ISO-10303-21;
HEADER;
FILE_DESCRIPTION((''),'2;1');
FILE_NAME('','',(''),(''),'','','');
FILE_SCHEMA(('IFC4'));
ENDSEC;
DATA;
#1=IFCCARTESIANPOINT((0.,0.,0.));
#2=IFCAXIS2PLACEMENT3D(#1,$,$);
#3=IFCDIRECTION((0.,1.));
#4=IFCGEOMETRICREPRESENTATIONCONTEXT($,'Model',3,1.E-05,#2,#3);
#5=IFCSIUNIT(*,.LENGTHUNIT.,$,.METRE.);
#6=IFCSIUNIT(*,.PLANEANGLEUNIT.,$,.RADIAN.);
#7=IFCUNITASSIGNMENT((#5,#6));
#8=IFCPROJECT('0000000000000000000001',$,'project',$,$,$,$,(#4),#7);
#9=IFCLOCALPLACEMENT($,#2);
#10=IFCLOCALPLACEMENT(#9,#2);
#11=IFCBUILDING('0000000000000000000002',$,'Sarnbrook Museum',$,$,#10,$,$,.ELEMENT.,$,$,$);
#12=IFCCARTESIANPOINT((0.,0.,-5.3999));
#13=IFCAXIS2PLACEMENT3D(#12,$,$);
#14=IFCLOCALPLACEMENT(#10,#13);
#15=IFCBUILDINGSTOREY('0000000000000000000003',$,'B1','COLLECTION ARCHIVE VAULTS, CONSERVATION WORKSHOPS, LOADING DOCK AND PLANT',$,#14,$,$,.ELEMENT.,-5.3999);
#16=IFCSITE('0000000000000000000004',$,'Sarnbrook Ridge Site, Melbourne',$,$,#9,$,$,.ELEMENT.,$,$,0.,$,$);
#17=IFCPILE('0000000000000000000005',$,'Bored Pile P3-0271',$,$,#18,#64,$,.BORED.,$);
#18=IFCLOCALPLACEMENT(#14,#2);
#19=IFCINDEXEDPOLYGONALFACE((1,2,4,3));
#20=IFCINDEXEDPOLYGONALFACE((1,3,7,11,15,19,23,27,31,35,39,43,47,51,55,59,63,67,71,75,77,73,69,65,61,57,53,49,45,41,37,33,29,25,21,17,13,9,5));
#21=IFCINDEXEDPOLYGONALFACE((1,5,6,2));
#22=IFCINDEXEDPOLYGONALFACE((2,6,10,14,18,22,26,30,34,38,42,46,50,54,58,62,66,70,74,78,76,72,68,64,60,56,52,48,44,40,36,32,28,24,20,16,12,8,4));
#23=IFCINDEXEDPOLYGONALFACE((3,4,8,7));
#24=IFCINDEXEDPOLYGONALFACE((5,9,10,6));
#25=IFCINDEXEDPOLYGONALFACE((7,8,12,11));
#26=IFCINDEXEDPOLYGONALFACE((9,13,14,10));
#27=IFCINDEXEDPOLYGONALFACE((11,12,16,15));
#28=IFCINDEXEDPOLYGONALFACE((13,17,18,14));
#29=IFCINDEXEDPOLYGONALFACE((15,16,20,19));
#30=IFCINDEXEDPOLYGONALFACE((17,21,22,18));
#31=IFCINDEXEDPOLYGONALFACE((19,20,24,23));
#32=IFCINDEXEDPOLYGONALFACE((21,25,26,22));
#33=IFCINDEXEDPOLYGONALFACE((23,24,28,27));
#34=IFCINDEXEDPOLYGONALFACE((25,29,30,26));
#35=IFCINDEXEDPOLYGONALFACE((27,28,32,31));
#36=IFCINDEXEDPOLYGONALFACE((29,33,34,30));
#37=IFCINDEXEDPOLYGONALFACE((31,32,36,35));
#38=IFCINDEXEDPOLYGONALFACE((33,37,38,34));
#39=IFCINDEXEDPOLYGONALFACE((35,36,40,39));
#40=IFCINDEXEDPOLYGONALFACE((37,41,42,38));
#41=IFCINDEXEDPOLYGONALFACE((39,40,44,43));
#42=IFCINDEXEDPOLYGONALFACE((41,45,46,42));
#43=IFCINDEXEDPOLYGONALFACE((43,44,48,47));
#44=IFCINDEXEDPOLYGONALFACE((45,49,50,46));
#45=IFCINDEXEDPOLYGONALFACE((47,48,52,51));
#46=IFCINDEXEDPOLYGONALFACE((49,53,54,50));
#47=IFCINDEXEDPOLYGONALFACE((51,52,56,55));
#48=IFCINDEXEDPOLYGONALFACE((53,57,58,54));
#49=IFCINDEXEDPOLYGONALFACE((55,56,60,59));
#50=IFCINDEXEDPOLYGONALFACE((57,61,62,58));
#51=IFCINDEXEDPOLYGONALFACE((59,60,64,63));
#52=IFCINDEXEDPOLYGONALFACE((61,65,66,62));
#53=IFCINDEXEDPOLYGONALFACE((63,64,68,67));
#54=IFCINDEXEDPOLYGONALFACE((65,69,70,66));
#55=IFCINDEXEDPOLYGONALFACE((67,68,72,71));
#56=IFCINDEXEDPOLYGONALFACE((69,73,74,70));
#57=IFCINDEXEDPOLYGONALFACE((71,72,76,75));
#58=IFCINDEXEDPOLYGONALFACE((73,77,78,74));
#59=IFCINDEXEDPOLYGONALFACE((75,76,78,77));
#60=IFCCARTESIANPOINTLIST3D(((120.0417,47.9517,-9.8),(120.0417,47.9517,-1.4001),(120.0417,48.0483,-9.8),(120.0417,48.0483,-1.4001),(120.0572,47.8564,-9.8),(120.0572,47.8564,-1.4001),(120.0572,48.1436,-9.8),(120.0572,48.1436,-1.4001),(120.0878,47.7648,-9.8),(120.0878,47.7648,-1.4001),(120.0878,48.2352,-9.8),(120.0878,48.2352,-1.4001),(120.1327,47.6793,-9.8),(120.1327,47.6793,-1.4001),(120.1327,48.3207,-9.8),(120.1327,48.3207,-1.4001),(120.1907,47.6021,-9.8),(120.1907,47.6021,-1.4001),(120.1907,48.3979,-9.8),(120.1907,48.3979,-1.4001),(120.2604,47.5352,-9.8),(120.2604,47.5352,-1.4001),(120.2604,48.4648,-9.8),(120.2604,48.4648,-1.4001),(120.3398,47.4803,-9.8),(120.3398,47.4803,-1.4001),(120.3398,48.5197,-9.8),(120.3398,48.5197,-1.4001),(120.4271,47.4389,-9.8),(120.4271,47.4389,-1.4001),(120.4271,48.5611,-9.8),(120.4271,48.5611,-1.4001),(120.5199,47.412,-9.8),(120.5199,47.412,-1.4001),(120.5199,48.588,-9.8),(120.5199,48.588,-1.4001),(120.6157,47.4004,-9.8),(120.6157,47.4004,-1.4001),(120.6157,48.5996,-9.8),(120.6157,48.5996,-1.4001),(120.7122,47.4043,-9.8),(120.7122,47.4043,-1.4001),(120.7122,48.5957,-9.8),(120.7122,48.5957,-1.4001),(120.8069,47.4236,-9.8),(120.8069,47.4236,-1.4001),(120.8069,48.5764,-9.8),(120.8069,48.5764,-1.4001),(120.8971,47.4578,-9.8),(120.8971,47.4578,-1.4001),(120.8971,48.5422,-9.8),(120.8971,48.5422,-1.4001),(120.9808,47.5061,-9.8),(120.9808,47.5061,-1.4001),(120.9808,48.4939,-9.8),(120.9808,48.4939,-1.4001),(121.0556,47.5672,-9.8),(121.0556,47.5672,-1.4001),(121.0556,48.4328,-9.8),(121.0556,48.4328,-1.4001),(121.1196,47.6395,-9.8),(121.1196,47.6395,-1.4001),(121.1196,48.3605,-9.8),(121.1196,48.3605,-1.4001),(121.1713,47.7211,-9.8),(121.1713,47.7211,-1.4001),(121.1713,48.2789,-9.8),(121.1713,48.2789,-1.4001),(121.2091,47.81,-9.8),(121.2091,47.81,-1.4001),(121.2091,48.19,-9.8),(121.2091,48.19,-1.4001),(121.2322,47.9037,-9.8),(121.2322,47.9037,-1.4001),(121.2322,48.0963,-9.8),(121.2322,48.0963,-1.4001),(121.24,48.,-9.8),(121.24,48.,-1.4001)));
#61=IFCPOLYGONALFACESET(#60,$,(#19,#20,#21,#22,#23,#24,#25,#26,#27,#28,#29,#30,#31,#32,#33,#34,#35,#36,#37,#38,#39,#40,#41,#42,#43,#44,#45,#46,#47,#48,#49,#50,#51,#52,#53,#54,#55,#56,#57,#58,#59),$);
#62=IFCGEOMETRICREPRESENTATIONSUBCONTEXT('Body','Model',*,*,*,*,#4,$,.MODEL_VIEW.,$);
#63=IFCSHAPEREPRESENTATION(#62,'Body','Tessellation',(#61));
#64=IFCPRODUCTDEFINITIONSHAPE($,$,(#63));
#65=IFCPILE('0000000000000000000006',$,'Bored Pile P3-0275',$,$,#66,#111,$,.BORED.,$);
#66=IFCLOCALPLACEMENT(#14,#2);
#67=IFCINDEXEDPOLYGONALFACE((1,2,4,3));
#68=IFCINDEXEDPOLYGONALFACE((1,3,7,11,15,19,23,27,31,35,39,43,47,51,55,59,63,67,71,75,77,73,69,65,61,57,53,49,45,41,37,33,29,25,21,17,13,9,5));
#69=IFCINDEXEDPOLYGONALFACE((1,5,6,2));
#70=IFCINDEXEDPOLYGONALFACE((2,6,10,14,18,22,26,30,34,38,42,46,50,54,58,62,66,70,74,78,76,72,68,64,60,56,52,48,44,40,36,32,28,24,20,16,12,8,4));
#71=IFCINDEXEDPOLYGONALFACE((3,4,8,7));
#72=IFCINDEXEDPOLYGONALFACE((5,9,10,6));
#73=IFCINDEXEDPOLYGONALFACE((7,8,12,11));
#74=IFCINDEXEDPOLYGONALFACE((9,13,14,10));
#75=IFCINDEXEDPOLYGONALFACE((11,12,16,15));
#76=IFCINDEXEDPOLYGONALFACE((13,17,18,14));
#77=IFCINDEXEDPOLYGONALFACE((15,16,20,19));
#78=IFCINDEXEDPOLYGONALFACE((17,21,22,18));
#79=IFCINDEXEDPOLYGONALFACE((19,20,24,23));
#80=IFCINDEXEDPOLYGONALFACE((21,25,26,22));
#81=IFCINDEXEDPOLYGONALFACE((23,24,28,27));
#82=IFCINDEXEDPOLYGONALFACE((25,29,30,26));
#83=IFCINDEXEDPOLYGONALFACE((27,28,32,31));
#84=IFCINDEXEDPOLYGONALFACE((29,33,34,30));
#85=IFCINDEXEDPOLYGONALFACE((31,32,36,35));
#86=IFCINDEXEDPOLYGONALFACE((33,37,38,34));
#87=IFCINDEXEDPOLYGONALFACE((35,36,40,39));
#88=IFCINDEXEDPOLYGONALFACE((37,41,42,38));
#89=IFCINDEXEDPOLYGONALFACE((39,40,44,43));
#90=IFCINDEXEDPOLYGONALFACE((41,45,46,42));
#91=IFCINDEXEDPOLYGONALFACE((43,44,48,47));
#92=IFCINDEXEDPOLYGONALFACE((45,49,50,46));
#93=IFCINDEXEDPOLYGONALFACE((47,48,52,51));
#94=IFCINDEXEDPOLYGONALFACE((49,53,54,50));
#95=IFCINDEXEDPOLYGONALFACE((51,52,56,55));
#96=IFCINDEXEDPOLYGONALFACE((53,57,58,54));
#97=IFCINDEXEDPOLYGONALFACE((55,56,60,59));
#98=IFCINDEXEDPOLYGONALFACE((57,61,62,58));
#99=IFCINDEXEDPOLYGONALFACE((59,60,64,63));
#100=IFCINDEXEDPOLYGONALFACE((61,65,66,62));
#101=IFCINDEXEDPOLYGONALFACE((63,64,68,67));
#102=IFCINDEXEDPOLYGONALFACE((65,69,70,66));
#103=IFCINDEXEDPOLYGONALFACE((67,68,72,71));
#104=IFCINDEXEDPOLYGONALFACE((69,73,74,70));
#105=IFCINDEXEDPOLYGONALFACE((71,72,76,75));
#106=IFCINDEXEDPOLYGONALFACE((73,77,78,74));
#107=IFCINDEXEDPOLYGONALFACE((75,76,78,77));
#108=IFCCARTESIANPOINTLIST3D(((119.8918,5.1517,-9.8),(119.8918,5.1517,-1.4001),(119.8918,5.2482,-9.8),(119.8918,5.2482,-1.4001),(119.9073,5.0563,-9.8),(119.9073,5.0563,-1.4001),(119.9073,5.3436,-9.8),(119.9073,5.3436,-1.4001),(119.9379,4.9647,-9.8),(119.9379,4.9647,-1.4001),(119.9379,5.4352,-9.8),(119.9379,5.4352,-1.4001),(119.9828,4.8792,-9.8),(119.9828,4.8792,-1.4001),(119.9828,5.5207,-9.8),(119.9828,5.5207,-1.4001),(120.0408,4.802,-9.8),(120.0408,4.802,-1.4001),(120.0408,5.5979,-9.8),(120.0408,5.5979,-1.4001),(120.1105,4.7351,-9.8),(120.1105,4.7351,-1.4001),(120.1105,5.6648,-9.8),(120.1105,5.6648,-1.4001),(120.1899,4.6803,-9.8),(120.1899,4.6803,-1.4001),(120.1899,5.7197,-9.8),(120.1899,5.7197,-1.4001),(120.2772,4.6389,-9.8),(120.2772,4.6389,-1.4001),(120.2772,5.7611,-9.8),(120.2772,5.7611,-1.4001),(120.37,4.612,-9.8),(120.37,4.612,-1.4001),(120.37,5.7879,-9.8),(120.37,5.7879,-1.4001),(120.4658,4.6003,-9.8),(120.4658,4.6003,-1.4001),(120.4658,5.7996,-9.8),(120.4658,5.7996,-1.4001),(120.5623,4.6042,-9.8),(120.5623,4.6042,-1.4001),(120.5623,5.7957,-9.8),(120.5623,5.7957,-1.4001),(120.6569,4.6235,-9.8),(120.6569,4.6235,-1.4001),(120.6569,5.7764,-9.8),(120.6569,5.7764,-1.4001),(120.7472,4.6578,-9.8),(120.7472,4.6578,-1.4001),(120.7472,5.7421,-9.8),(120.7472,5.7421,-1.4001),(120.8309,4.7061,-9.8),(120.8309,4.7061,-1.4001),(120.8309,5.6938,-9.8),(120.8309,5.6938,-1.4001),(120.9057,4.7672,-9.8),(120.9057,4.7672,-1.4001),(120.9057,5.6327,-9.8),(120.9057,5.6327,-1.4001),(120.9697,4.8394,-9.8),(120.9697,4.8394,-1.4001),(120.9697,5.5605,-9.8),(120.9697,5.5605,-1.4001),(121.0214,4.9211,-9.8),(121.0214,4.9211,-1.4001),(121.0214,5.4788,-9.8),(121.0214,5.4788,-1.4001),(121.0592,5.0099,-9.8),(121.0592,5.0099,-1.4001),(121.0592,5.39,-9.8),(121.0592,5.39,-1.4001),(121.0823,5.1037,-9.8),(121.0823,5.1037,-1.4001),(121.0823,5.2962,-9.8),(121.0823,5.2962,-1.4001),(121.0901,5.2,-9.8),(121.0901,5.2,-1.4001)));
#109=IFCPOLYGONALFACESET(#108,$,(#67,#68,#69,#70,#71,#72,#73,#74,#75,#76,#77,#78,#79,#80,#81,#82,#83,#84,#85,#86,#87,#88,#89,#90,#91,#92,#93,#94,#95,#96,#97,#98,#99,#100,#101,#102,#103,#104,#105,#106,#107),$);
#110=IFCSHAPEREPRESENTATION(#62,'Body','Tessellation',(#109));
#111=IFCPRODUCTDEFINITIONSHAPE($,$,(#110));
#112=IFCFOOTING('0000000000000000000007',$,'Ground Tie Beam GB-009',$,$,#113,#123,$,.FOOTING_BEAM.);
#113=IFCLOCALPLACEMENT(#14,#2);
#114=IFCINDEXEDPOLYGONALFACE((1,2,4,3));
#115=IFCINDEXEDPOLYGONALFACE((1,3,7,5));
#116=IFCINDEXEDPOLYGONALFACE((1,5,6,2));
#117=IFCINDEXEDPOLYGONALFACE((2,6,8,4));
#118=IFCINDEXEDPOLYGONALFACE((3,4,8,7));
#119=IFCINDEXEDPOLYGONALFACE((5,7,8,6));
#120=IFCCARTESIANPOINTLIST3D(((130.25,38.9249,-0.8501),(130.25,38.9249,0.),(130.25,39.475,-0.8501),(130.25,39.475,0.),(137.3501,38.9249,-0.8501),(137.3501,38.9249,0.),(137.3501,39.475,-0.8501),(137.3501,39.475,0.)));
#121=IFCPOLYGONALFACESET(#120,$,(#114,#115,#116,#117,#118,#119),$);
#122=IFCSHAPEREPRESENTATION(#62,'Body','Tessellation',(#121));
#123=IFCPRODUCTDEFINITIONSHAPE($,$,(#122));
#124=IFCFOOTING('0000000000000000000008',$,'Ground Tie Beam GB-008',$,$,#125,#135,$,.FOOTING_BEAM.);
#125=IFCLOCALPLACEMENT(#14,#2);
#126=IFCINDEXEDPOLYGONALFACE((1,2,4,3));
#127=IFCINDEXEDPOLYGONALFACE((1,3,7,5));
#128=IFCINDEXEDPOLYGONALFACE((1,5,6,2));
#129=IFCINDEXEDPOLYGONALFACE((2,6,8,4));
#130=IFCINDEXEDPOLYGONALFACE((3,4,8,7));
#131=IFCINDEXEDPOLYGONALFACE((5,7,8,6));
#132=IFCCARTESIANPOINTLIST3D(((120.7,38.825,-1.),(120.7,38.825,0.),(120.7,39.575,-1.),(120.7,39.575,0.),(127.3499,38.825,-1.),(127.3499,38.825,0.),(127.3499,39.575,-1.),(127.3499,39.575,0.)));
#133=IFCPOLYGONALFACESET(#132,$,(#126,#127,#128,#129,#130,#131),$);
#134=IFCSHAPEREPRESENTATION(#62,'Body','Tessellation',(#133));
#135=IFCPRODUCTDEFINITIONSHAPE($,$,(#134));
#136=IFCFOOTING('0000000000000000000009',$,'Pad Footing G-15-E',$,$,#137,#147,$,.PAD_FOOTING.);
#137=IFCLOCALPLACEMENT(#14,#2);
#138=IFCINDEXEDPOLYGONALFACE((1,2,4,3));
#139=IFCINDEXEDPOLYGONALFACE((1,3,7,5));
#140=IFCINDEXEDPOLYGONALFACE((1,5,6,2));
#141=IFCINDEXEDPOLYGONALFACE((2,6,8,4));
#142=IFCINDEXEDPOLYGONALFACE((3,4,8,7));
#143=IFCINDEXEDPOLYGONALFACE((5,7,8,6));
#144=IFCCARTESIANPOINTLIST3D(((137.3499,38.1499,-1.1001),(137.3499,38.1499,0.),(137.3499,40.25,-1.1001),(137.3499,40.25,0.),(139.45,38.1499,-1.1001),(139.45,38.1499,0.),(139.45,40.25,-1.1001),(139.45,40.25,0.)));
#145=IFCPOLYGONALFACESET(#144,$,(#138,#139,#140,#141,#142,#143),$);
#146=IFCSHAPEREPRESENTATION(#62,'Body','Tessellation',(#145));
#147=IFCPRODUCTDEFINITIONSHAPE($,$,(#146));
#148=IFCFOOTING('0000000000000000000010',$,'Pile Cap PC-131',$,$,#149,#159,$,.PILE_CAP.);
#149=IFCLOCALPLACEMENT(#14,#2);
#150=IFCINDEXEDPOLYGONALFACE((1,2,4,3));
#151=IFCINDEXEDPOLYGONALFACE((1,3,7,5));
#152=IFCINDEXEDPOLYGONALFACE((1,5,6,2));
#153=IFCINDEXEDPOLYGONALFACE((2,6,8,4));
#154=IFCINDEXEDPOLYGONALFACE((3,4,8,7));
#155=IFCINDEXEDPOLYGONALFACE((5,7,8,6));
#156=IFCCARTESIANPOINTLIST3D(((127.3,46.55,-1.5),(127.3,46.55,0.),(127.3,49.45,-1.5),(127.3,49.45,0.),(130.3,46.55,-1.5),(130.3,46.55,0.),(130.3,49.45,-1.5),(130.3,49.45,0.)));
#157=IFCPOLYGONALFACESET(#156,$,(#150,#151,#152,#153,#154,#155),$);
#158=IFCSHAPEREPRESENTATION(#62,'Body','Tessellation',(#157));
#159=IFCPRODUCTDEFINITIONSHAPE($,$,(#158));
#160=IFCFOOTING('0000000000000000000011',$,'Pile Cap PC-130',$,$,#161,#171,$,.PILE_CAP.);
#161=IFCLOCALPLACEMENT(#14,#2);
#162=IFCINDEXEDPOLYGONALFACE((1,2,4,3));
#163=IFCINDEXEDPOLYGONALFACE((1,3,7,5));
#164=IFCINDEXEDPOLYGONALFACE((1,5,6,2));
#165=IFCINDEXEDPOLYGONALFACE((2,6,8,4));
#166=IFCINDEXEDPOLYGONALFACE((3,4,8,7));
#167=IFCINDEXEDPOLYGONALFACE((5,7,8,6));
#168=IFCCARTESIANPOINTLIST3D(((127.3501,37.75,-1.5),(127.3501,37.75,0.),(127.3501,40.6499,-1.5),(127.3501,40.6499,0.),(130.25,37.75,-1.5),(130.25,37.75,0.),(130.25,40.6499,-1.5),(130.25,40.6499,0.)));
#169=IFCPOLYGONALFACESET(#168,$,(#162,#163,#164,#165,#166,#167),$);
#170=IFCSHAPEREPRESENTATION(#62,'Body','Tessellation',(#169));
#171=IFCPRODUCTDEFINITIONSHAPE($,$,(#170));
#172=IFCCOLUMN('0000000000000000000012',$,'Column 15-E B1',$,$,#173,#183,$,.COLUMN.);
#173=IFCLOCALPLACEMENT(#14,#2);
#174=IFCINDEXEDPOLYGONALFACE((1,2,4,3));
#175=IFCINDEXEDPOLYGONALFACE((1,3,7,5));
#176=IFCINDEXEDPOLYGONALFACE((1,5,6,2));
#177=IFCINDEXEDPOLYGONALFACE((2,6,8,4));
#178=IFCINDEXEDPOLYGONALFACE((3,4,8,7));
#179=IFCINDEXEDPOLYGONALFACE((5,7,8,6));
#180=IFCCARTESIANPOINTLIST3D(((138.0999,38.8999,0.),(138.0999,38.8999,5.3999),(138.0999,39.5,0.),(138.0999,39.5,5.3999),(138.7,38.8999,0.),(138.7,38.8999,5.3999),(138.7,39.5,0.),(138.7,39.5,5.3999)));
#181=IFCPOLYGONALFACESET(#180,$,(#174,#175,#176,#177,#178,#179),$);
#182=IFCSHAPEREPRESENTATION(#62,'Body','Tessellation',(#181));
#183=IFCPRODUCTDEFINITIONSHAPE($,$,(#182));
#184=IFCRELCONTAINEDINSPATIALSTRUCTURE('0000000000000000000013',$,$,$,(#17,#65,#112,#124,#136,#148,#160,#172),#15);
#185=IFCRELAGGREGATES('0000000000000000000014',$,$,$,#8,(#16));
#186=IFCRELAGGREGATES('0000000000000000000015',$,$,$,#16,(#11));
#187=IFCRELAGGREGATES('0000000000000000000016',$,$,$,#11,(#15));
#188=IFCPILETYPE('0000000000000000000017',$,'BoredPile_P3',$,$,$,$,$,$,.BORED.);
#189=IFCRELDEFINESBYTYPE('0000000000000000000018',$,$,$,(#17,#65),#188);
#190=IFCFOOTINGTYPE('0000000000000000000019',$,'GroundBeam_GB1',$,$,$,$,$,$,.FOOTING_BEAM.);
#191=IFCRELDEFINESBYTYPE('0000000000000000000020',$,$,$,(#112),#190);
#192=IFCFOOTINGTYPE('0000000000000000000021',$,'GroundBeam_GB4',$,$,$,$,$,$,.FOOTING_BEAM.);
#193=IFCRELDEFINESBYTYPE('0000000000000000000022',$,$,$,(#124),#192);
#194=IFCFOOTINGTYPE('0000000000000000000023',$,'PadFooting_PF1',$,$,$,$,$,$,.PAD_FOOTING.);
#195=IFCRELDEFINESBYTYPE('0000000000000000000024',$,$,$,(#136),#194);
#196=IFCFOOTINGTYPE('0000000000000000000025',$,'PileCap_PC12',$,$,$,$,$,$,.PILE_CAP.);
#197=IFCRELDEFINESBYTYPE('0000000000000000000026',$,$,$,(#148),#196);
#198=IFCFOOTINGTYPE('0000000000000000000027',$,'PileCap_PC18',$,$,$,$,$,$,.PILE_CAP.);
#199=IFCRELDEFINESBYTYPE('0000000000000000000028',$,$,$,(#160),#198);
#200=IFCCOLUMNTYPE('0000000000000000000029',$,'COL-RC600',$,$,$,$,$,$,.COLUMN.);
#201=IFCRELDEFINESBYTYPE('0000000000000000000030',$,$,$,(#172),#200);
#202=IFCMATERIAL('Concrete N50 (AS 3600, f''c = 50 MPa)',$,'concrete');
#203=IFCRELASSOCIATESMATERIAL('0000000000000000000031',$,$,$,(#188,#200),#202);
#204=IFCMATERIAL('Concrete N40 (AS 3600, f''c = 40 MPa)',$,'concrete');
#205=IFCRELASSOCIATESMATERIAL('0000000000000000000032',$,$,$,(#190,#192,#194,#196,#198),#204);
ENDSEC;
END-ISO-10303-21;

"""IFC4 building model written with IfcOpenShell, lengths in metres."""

from ifc_helpers import new_model, si_unit, direction, frame, origin, origin_2d, place, context, subcontext, project, spatial, rectangle, circle, extrude, material, material_profile, profile_set, type_object, element, save


model = new_model("IFC4")

# Units and contexts
model_context = context("Model", 3, precision=1e-05, world=origin(), true_north=direction((0.0, 1.0)))
body_context = subcontext(model_context, "Body", "Model", "MODEL_VIEW")
ifc_project = project(units=[si_unit("LENGTHUNIT", "METRE"), si_unit("PLANEANGLEUNIT", "RADIAN")], contexts=[model_context])

# Site, building, storey
site_placement = place(None, origin())
site = spatial("IfcSite", under=ifc_project, at=site_placement, Name="Sarnbrook Ridge Site, Melbourne", CompositionType="ELEMENT", RefElevation=0.0)
building_placement = place(site_placement, origin())
building = spatial("IfcBuilding", under=site, at=building_placement, Name="Sarnbrook Museum", CompositionType="ELEMENT")
storey_placement = place(building_placement, frame((0.0, 0.0, -5.3999)))
storey = spatial("IfcBuildingStorey", under=building, at=storey_placement, Name="B1", Description="COLLECTION ARCHIVE VAULTS, CONSERVATION WORKSHOPS, LOADING DOCK AND PLANT", CompositionType="ELEMENT", Elevation=-5.3999)

# Piles
ifc_material_1 = material(Name="Concrete N50 (AS 3600, f'c = 50 MPa)", Category="concrete")
ifc_material_profile_1 = material_profile(ifc_material_1, circle(Radius=0.6001, at=origin_2d()), Name="BORED PILE D1200")
ifc_profile_set_1 = profile_set([ifc_material_profile_1], Name="Concrete N50 (AS 3600, f'c = 50 MPa)")
pile_type_1 = type_object("IfcPileType", Name="BoredPile_P3", PredefinedType="BORED", material=ifc_profile_set_1)
for number, where, z_axis, x_axis, name in (
    (1, (120.6399, 48.0, -1.4001), (0.0, 0.0, -1.0), (1.0, 0.0, 0.0), "Bored Pile P3-0271"),
    (2, (120.49, 5.2, -1.4001), (0.0, 0.0, -1.0), (1.0, 0.0, 0.0), "Bored Pile P3-0275"),
):
    element("IfcPile", number, at=place(storey_placement, frame(where, z_axis=z_axis, x_axis=x_axis)), inside=storey, type_object=pile_type_1, Name=name, PredefinedType="BORED", context=body_context, shape_type="SweptSolid", body=[
        extrude(circle(Radius=0.6001, at=origin_2d()), origin(), (0.0, 0.0, 1.0), 8.3999),
    ])

# Footings
ifc_material_2 = material(Name="Concrete N40 (AS 3600, f'c = 40 MPa)", Category="concrete")
footing_type_1 = type_object("IfcFootingType", Name="GroundBeam_GB1", PredefinedType="FOOTING_BEAM", material=ifc_material_2)
footing_1_placement = place(storey_placement, frame((133.8, 39.2, -0.8501), z_axis=(0.0, 0.0, 1.0), x_axis=(1.0, 0.0, 0.0)))
element("IfcFooting", 3, at=footing_1_placement, inside=storey, type_object=footing_type_1, Name="Ground Tie Beam GB-009", PredefinedType="FOOTING_BEAM", context=body_context, shape_type="SweptSolid", body=[
    extrude(rectangle(XDim=7.1001, YDim=0.55, at=origin_2d()), origin(), (0.0, 0.0, 1.0), 0.8501),
])
footing_type_2 = type_object("IfcFootingType", Name="GroundBeam_GB4", PredefinedType="FOOTING_BEAM", material=ifc_material_2)
footing_2_placement = place(storey_placement, frame((124.0249, 39.2, -1.0), z_axis=(0.0, 0.0, 1.0), x_axis=(1.0, 0.0, 0.0)))
element("IfcFooting", 4, at=footing_2_placement, inside=storey, type_object=footing_type_2, Name="Ground Tie Beam GB-008", PredefinedType="FOOTING_BEAM", context=body_context, shape_type="SweptSolid", body=[
    extrude(rectangle(XDim=6.6499, YDim=0.75, at=origin_2d()), origin(), (0.0, 0.0, 1.0), 1.0),
])
footing_type_3 = type_object("IfcFootingType", Name="PadFooting_PF1", PredefinedType="PAD_FOOTING", material=ifc_material_2)
footing_3_placement = place(storey_placement, frame((138.3999, 39.2, -1.1001), z_axis=(0.0, 0.0, 1.0), x_axis=(1.0, 0.0, 0.0)))
element("IfcFooting", 5, at=footing_3_placement, inside=storey, type_object=footing_type_3, Name="Pad Footing G-15-E", PredefinedType="PAD_FOOTING", context=body_context, shape_type="SweptSolid", body=[
    extrude(rectangle(XDim=2.1001, YDim=2.1001, at=origin_2d()), origin(), (0.0, 0.0, 1.0), 1.1001),
])
footing_type_4 = type_object("IfcFootingType", Name="PileCap_PC12", PredefinedType="PILE_CAP", material=ifc_material_2)
footing_4_placement = place(storey_placement, frame((128.8, 48.0, -1.5), z_axis=(0.0, 0.0, 1.0), x_axis=(1.0, 0.0, 0.0)))
element("IfcFooting", 6, at=footing_4_placement, inside=storey, type_object=footing_type_4, Name="Pile Cap PC-131", PredefinedType="PILE_CAP", context=body_context, shape_type="SweptSolid", body=[
    extrude(rectangle(XDim=3.0, YDim=2.8999, at=origin_2d()), origin(), (0.0, 0.0, 1.0), 1.5),
])
footing_type_5 = type_object("IfcFootingType", Name="PileCap_PC18", PredefinedType="PILE_CAP", material=ifc_material_2)
footing_5_placement = place(storey_placement, frame((128.8, 39.2, -1.5), z_axis=(0.0, 0.0, 1.0), x_axis=(1.0, 0.0, 0.0)))
element("IfcFooting", 7, at=footing_5_placement, inside=storey, type_object=footing_type_5, Name="Pile Cap PC-130", PredefinedType="PILE_CAP", context=body_context, shape_type="SweptSolid", body=[
    extrude(rectangle(XDim=2.8999, YDim=2.8999, at=origin_2d()), origin(), (0.0, 0.0, 1.0), 1.5),
])

# Column
ifc_material_profile_2 = material_profile(ifc_material_1, rectangle(XDim=0.6001, YDim=0.6001, at=origin_2d()), Name="RC 600x600")
ifc_profile_set_2 = profile_set([ifc_material_profile_2], Name="Concrete N50 (AS 3600, f'c = 50 MPa)")
column_type_1 = type_object("IfcColumnType", Name="COL-RC600", PredefinedType="COLUMN", material=ifc_profile_set_2)
column_placement = place(storey_placement, frame((138.3999, 39.2, 0.0), z_axis=(0.0, 0.0, 1.0), x_axis=(1.0, 0.0, 0.0)))
element("IfcColumn", 8, at=column_placement, inside=storey, type_object=column_type_1, Name="Column 15-E B1", PredefinedType="COLUMN", context=body_context, shape_type="SweptSolid", body=[
    extrude(rectangle(XDim=0.6001, YDim=0.6001, at=origin_2d()), origin(), (0.0, 0.0, 1.0), 5.3999),
])

save(model, "model.ifc")
